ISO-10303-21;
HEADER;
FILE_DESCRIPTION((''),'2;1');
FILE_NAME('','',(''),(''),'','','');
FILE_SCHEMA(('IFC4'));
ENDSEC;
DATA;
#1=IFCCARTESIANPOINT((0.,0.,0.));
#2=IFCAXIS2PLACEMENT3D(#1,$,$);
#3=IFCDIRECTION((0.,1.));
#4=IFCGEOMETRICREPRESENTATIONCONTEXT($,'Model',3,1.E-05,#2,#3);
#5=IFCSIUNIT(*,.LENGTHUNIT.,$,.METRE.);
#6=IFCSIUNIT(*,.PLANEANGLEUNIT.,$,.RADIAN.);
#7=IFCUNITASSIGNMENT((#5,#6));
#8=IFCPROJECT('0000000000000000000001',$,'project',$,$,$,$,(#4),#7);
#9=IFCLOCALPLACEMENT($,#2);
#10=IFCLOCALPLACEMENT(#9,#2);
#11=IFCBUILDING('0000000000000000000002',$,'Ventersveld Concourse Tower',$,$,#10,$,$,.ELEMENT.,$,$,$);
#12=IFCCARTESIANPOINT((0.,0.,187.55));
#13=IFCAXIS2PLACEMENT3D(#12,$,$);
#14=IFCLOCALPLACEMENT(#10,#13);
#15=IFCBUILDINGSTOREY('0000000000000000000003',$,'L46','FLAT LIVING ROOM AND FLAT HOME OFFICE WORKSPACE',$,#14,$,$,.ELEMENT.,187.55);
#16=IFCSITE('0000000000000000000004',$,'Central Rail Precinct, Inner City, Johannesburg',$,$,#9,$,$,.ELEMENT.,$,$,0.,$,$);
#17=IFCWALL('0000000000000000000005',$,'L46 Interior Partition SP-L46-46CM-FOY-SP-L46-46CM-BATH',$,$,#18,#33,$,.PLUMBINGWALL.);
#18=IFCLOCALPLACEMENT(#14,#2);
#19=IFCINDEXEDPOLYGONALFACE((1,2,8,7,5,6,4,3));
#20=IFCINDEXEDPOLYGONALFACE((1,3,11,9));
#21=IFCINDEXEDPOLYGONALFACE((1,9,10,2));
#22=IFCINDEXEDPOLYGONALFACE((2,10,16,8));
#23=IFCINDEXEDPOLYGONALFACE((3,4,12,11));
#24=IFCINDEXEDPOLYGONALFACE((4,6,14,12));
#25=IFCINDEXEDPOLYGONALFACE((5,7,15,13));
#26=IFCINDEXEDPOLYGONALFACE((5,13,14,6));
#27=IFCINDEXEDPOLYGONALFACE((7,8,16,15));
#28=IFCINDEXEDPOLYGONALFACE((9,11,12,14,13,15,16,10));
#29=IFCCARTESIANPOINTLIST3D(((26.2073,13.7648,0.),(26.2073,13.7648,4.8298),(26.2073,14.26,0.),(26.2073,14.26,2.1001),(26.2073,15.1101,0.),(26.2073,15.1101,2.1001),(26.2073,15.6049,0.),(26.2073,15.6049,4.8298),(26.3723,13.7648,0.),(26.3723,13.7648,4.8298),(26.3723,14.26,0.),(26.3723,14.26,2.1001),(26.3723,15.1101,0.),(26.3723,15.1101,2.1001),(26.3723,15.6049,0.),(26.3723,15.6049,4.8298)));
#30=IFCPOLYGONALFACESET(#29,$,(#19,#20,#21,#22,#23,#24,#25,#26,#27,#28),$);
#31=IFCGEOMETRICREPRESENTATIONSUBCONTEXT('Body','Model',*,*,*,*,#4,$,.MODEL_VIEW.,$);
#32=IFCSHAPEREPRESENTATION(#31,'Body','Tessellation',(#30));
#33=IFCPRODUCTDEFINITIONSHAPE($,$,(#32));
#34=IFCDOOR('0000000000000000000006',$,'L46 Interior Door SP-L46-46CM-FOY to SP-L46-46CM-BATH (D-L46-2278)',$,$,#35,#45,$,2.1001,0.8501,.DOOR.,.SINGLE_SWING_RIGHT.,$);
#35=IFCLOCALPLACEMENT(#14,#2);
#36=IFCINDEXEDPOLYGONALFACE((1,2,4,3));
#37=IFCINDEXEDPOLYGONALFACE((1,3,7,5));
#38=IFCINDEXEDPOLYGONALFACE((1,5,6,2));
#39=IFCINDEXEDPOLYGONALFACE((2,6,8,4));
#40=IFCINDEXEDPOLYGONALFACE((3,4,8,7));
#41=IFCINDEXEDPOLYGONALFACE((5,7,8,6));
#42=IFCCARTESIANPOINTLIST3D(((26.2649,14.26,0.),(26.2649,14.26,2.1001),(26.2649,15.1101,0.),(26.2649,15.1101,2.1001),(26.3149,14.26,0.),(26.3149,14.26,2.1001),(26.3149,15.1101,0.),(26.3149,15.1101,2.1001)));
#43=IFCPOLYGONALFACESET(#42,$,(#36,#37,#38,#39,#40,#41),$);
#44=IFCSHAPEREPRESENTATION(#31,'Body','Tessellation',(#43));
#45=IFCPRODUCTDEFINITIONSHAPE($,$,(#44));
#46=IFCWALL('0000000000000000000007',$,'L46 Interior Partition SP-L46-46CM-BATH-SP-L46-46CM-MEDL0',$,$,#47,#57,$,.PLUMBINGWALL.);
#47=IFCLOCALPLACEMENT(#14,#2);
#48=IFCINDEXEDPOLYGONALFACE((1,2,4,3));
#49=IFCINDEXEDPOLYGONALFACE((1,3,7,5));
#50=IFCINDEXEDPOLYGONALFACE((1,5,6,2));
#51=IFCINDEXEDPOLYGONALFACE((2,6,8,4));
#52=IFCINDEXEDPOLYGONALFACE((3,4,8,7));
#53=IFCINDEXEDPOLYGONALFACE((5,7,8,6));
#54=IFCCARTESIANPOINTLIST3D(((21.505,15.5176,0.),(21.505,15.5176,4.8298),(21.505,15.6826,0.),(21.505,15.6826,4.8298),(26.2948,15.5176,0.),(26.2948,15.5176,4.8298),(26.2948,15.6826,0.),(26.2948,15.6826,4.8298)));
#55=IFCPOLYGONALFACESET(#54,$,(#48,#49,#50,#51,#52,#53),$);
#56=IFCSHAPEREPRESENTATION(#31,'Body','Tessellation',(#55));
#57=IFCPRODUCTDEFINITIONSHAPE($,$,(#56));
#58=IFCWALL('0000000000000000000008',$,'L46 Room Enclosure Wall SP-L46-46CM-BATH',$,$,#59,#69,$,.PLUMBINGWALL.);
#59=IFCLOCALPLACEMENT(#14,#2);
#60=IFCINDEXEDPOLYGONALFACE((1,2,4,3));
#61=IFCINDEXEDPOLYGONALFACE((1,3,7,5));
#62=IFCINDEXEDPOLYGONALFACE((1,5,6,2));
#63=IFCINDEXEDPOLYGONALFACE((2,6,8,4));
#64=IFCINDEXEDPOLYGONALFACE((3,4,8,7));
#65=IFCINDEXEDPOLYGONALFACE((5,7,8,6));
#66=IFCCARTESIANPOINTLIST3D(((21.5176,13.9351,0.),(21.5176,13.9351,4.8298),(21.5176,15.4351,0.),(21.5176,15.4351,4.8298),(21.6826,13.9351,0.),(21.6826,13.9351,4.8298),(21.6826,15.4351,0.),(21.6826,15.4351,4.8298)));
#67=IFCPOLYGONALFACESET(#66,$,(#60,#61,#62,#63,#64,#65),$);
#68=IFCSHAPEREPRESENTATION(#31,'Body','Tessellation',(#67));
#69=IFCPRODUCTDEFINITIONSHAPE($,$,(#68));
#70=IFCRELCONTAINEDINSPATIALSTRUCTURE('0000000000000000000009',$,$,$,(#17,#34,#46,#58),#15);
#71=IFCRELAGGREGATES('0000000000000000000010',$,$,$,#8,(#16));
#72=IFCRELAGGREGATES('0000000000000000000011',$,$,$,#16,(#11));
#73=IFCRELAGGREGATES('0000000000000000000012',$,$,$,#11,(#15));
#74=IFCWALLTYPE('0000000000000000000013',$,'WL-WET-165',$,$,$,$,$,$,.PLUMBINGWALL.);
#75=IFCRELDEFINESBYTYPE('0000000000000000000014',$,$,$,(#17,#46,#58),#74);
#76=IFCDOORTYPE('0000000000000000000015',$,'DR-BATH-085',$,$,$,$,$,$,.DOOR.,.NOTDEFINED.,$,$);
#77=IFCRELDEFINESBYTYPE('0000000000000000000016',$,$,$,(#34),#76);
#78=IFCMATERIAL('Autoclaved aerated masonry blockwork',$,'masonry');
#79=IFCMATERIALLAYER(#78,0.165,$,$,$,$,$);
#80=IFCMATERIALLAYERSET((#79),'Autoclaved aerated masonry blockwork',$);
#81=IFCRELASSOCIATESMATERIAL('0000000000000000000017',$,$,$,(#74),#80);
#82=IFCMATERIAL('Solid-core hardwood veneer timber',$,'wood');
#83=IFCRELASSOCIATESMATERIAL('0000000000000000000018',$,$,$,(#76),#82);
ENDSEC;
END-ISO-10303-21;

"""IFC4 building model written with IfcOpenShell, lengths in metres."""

from ifc_helpers import new_model, si_unit, direction, frame, frame_2d, origin, place, context, subcontext, project, spatial, rectangle, extrude, material, layer, layer_set, type_object, element, fill, save


model = new_model("IFC4")

# Units and contexts
model_context = context("Model", 3, precision=1e-05, world=origin(), true_north=direction((0.0, 1.0)))
body_context = subcontext(model_context, "Body", "Model", "MODEL_VIEW")
ifc_project = project(units=[si_unit("LENGTHUNIT", "METRE"), si_unit("PLANEANGLEUNIT", "RADIAN")], contexts=[model_context])

# Site, building, storey
site_placement = place(None, origin())
site = spatial("IfcSite", under=ifc_project, at=site_placement, Name="Central Rail Precinct, Inner City, Johannesburg", CompositionType="ELEMENT", RefElevation=0.0)
building_placement = place(site_placement, origin())
building = spatial("IfcBuilding", under=site, at=building_placement, Name="Ventersveld Concourse Tower", CompositionType="ELEMENT")
storey_placement = place(building_placement, frame((0.0, 0.0, 187.55)))
storey = spatial("IfcBuildingStorey", under=building, at=storey_placement, Name="L46", Description="FLAT LIVING ROOM AND FLAT HOME OFFICE WORKSPACE", CompositionType="ELEMENT", Elevation=187.55)

# Shared definitions
ifc_material_1 = material(Name="Solid-core hardwood veneer timber", Category="wood")

# Wall, opening, door
ifc_material_2 = material(Name="Autoclaved aerated masonry blockwork", Category="masonry")
ifc_layer_1 = layer(ifc_material_2, 0.165)
ifc_layer_set_1 = layer_set([ifc_layer_1], Name="Autoclaved aerated masonry blockwork")
wall_type_1 = type_object("IfcWallType", Name="WL-WET-165", PredefinedType="PLUMBINGWALL", material=ifc_layer_set_1)
wall_1_placement = place(storey_placement, frame((26.2898, 13.7649, 0.0), z_axis=(0.0, 0.0, 1.0), x_axis=(0.0, 1.0, 0.0)))
wall_1 = element("IfcWall", 1, at=wall_1_placement, inside=storey, type_object=wall_type_1, Name="L46 Interior Partition SP-L46-46CM-FOY-SP-L46-46CM-BATH", PredefinedType="PLUMBINGWALL", context=body_context, shape_type="SweptSolid", body=[
    extrude(rectangle(XDim=1.8401, YDim=0.165, at=frame_2d((0.9199, 0.0))), origin(), (0.0, 0.0, 1.0), 4.8298),
])
opening_1_placement = place(wall_1_placement, frame((0.4951, 0.0, 0.0)))
opening_1 = element("IfcOpeningElement", 2, at=opening_1_placement, cuts=wall_1, PredefinedType="OPENING", context=body_context, shape_type="SweptSolid", body=[
    extrude(rectangle(XDim=0.8501, YDim=2.1001, at=frame_2d((0.425, 1.05))), frame((0.0, 0.0925, 0.0), z_axis=(0.0, -1.0, 0.0), x_axis=(1.0, 0.0, 0.0)), (0.0, 0.0, 1.0), 0.1851),
])
door_type_1 = type_object("IfcDoorType", Name="DR-BATH-085", OperationType="NOTDEFINED", PredefinedType="DOOR", material=ifc_material_1)
door_1_placement = place(opening_1_placement, origin())
door_1 = element("IfcDoor", 3, at=door_1_placement, inside=storey, type_object=door_type_1, Name="L46 Interior Door SP-L46-46CM-FOY to SP-L46-46CM-BATH (D-L46-2278)", OperationType="SINGLE_SWING_RIGHT", OverallHeight=2.1001, OverallWidth=0.8501, PredefinedType="DOOR", context=body_context, shape_type="SweptSolid", body=[
    extrude(rectangle(XDim=0.8501, YDim=2.1001, at=frame_2d((0.425, 1.05))), frame((0.0, 0.0249, 0.0), z_axis=(0.0, -1.0, 0.0), x_axis=(1.0, 0.0, 0.0)), (0.0, 0.0, 1.0), 0.05),
])
fill(opening_1, door_1)

# Walls
wall_2_placement = place(storey_placement, frame((21.5049, 15.6001, 0.0), z_axis=(0.0, 0.0, 1.0), x_axis=(1.0, 0.0, 0.0)))
element("IfcWall", 4, at=wall_2_placement, inside=storey, type_object=wall_type_1, Name="L46 Interior Partition SP-L46-46CM-BATH-SP-L46-46CM-MEDL0", PredefinedType="PLUMBINGWALL", context=body_context, shape_type="SweptSolid", body=[
    extrude(rectangle(XDim=4.7898, YDim=0.165, at=frame_2d((2.395, 0.0))), origin(), (0.0, 0.0, 1.0), 4.8298),
])
wall_3_placement = place(storey_placement, frame((21.6001, 13.9351, 0.0), z_axis=(0.0, 0.0, 1.0), x_axis=(0.0, 1.0, 0.0)))
element("IfcWall", 5, at=wall_3_placement, inside=storey, type_object=wall_type_1, Name="L46 Room Enclosure Wall SP-L46-46CM-BATH", PredefinedType="PLUMBINGWALL", context=body_context, shape_type="SweptSolid", body=[
    extrude(rectangle(XDim=1.5, YDim=0.165, at=frame_2d((0.75, 0.0))), origin(), (0.0, 0.0, 1.0), 4.8298),
])

save(model, "model.ifc")
